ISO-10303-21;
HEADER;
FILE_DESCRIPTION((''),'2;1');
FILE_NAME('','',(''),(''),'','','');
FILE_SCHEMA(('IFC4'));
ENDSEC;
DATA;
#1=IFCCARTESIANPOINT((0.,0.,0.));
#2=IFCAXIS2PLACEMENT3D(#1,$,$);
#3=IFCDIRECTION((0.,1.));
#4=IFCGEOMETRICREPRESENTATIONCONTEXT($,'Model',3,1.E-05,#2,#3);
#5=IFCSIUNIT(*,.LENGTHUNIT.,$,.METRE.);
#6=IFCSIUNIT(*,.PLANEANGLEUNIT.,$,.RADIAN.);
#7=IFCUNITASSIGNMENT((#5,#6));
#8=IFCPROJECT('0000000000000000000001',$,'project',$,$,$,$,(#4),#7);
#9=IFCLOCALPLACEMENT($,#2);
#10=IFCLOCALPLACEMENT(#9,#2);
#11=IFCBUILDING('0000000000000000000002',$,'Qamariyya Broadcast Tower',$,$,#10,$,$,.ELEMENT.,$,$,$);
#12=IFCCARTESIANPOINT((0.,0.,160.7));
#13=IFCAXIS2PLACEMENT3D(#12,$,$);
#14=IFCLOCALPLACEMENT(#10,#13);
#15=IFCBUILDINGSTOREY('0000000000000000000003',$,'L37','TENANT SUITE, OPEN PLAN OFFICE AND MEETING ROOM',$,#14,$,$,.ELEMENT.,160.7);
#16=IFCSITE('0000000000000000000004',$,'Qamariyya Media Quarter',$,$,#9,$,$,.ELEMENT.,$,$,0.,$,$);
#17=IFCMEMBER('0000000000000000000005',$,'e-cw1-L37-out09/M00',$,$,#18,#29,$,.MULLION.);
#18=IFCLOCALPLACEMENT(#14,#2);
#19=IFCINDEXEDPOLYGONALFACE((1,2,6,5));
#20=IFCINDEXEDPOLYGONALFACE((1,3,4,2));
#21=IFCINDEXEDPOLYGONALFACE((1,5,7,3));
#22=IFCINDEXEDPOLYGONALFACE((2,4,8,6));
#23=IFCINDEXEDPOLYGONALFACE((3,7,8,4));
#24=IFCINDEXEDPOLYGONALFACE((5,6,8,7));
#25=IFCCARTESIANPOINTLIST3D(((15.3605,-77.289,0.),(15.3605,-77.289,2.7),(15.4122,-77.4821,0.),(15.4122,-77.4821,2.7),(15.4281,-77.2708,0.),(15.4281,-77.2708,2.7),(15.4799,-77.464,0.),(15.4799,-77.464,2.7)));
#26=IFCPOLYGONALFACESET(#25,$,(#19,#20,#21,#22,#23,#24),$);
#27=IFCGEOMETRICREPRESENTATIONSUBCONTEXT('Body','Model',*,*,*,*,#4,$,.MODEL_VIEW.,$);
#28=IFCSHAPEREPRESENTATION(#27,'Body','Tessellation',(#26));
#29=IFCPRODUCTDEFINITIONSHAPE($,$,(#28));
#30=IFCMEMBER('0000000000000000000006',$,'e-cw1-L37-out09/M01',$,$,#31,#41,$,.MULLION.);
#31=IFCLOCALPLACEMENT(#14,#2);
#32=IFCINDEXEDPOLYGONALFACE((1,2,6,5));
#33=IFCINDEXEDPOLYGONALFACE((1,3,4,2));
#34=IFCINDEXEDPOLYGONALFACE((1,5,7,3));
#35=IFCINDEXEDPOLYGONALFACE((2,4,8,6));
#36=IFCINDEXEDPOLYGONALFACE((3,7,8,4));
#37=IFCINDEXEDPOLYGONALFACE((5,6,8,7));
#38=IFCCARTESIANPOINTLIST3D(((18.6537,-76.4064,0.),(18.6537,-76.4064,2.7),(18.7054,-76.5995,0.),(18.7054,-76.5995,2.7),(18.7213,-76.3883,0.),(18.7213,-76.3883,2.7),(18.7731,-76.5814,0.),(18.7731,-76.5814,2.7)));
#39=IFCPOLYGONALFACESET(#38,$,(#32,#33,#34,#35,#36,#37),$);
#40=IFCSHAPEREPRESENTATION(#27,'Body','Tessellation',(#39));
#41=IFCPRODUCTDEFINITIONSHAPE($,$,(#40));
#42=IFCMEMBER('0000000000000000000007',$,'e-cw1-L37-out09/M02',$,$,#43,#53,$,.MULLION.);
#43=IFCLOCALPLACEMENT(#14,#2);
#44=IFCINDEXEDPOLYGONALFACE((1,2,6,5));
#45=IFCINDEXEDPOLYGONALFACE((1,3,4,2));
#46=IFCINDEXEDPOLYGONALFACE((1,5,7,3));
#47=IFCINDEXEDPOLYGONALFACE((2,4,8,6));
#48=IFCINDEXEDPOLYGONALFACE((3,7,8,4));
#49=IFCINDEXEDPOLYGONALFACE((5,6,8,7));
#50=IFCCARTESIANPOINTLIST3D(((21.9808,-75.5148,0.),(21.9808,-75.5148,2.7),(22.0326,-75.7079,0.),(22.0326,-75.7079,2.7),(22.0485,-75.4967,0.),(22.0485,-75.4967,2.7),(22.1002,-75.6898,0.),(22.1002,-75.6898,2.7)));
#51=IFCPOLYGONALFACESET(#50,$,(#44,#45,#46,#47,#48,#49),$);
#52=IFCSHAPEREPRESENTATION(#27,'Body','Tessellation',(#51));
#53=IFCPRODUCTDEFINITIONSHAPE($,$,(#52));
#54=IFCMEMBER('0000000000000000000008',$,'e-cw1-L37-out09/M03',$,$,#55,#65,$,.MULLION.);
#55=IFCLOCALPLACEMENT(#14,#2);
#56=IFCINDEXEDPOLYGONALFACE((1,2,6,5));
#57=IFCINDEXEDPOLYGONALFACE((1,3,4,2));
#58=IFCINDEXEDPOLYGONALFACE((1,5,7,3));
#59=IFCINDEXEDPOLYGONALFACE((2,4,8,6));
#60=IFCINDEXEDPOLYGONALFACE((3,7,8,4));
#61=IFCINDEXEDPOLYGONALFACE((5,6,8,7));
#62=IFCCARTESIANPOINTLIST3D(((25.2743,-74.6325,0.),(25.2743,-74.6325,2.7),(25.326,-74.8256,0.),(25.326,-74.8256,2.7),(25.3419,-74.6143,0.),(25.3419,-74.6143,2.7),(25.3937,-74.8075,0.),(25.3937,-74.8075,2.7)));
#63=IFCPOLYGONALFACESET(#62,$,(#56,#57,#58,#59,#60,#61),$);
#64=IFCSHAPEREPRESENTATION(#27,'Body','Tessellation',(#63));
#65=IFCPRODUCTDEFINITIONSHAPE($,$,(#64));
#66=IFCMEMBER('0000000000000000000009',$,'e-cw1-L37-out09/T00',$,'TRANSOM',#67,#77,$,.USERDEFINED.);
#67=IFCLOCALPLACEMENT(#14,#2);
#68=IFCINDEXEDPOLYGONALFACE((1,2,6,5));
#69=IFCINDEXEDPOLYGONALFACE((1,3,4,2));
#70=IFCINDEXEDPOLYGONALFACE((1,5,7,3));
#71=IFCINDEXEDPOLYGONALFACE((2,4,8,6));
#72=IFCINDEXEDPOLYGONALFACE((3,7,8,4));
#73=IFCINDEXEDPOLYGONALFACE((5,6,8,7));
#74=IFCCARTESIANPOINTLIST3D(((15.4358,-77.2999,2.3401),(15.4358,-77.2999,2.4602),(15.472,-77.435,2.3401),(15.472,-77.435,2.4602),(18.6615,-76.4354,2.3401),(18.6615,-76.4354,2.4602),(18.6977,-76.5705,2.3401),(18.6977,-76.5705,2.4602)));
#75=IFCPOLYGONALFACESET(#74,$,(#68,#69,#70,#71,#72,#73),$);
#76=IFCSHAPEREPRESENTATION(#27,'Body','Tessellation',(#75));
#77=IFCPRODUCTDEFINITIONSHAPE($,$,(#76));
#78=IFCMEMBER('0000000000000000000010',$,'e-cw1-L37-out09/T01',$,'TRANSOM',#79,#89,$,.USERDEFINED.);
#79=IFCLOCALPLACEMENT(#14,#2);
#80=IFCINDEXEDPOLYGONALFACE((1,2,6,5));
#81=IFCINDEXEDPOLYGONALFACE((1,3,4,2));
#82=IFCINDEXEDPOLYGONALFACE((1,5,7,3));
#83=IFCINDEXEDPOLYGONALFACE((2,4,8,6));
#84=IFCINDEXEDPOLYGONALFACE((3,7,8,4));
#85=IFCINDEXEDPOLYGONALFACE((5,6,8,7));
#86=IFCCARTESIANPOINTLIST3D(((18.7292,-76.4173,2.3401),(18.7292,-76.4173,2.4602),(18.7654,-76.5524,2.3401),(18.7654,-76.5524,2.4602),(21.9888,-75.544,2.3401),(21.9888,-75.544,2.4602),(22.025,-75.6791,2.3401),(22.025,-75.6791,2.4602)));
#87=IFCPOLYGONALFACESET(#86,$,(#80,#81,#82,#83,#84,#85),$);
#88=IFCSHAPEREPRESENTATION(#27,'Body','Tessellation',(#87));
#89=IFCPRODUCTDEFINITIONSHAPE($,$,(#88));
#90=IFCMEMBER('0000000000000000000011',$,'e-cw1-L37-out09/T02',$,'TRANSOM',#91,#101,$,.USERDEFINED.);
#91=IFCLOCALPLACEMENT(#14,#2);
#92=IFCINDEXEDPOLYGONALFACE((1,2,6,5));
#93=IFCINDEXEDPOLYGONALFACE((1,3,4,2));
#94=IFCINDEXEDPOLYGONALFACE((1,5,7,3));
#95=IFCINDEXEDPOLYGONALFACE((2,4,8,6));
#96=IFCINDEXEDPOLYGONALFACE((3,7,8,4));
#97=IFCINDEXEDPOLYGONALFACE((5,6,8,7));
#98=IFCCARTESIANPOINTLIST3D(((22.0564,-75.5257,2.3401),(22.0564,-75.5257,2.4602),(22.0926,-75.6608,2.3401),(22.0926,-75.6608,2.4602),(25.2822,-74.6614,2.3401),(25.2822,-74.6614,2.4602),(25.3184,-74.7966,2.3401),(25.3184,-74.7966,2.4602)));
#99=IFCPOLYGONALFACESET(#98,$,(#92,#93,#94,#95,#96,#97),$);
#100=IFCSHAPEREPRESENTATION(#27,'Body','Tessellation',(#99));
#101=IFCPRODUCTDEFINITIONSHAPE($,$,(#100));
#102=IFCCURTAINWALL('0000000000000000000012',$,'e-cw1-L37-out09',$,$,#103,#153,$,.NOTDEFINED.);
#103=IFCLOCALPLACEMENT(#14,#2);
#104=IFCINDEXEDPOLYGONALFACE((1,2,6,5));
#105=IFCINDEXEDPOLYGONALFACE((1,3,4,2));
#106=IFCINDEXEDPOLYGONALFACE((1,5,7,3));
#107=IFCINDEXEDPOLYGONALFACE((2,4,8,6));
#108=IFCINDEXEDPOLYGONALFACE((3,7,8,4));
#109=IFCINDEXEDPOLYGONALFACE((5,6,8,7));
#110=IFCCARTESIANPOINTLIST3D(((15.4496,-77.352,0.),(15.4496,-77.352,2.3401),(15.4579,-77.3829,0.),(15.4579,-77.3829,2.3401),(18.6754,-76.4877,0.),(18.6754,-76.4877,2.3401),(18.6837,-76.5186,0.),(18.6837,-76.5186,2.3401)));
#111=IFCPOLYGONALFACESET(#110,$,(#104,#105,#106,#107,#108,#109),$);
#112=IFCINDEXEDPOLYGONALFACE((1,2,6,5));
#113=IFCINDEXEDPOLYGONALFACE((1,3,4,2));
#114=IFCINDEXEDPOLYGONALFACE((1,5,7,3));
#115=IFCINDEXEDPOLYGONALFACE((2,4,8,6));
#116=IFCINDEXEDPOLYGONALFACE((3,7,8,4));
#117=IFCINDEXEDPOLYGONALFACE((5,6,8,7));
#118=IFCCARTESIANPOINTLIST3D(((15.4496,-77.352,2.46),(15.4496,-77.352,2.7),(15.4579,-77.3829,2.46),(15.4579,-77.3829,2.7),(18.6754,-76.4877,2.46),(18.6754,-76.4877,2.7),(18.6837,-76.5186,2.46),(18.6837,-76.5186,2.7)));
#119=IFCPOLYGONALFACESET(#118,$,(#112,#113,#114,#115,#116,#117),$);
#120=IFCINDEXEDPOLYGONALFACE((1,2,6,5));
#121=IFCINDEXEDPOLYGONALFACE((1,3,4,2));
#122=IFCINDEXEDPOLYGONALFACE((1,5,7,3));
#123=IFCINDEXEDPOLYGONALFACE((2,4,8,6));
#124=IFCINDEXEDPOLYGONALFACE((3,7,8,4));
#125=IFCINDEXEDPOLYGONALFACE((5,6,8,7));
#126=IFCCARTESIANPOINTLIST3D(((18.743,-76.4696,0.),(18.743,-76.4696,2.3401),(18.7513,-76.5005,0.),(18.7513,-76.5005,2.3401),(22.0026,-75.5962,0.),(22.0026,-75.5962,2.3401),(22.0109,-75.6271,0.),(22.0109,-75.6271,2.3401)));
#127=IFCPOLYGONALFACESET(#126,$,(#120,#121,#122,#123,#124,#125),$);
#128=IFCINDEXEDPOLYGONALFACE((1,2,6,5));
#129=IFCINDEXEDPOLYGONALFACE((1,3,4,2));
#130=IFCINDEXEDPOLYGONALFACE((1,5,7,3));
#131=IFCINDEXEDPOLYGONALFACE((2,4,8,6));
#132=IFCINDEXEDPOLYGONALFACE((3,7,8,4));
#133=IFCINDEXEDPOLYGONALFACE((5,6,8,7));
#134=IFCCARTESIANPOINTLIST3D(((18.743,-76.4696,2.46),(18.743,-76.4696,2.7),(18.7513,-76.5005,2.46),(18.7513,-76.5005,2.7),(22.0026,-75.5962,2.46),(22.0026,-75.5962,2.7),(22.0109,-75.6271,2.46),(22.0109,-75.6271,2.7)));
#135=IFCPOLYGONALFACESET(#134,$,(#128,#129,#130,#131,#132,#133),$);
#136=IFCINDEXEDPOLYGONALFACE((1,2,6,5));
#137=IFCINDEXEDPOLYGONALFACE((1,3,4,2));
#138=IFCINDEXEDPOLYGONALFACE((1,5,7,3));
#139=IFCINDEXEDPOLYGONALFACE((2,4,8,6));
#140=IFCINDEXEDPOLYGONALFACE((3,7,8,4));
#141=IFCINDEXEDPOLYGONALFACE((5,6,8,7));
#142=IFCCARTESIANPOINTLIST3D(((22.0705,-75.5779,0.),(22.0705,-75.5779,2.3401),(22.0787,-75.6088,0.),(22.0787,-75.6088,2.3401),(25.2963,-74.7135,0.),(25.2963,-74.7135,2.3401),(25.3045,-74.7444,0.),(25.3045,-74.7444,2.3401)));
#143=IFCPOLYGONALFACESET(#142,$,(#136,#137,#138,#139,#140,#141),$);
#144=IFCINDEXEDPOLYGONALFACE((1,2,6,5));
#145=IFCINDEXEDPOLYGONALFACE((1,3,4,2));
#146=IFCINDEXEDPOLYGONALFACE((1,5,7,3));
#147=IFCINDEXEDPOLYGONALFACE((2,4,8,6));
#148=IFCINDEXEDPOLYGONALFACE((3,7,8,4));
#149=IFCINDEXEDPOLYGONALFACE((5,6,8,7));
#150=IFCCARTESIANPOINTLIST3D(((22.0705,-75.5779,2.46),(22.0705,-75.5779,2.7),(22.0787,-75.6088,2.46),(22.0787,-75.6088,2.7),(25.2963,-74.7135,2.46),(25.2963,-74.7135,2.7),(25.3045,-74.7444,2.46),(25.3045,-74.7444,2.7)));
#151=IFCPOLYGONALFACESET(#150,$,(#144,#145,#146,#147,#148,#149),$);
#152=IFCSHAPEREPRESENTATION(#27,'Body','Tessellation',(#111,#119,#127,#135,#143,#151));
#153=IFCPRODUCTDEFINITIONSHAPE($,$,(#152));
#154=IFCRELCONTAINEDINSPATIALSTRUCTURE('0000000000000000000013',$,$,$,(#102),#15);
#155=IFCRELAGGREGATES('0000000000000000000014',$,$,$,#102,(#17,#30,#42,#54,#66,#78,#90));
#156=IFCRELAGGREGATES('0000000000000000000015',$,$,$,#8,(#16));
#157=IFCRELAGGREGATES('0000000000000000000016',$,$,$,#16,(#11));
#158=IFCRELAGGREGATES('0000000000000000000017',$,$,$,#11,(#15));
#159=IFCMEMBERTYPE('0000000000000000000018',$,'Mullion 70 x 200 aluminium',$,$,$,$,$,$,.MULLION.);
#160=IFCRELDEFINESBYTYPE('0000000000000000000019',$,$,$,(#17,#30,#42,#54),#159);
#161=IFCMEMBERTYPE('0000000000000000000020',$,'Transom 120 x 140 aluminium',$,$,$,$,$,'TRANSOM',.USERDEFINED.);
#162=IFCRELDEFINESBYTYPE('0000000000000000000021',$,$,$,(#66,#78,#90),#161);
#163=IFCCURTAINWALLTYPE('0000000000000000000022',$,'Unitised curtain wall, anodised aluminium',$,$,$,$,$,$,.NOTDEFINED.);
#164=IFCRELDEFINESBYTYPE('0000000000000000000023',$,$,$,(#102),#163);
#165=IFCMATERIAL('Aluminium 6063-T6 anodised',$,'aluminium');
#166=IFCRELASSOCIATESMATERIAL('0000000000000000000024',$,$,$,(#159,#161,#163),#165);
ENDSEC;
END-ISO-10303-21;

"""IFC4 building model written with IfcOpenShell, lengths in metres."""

from ifc_helpers import new_model, si_unit, direction, frame, origin, origin_2d, place, context, subcontext, project, spatial, rectangle, extrude, material, material_profile, profile_set, type_object, element, aggregate, save


model = new_model("IFC4")

# Units and contexts
model_context = context("Model", 3, precision=1e-05, world=origin(), true_north=direction((0.0, 1.0)))
body_context = subcontext(model_context, "Body", "Model", "MODEL_VIEW")
ifc_project = project(units=[si_unit("LENGTHUNIT", "METRE"), si_unit("PLANEANGLEUNIT", "RADIAN")], contexts=[model_context])

# Members
ifc_material = material(Name="Aluminium 6063-T6 anodised", Category="aluminium")
ifc_material_profile_1 = material_profile(ifc_material, rectangle(XDim=0.2, YDim=0.0701, at=origin_2d()))
ifc_profile_set_1 = profile_set([ifc_material_profile_1], Name="Aluminium 6063-T6 anodised")
member_type_1 = type_object("IfcMemberType", Name="Mullion 70 x 200 aluminium", PredefinedType="MULLION", material=ifc_profile_set_1)
site_placement = place(None, origin())
building_placement = place(site_placement, origin())
storey_placement = place(building_placement, frame((0.0, 0.0, 160.7)))
member_1_placement = place(storey_placement, frame((15.4202, -77.3765, 0.0), z_axis=(0.0, 0.0, 1.0), x_axis=(-0.258819, 0.965926, 0.0)))
member_1 = element("IfcMember", 1, at=member_1_placement, type_object=member_type_1, Name="e-cw1-L37-out09/M00", PredefinedType="MULLION", context=body_context, shape_type="SweptSolid", body=[
    extrude(rectangle(XDim=0.2, YDim=0.0701, at=origin_2d()), origin(), (0.0, 0.0, 1.0), 2.7),
])
member_2_placement = place(storey_placement, frame((18.7134, -76.4939, 0.0), z_axis=(0.0, 0.0, 1.0), x_axis=(-0.258819, 0.965926, 0.0)))
member_2 = element("IfcMember", 2, at=member_2_placement, type_object=member_type_1, Name="e-cw1-L37-out09/M01", PredefinedType="MULLION", context=body_context, shape_type="SweptSolid", body=[
    extrude(rectangle(XDim=0.2, YDim=0.0701, at=origin_2d()), origin(), (0.0, 0.0, 1.0), 2.7),
])
member_3_placement = place(storey_placement, frame((22.0405, -75.6023, 0.0), z_axis=(0.0, 0.0, 1.0), x_axis=(-0.258819, 0.965926, 0.0)))
member_3 = element("IfcMember", 3, at=member_3_placement, type_object=member_type_1, Name="e-cw1-L37-out09/M02", PredefinedType="MULLION", context=body_context, shape_type="SweptSolid", body=[
    extrude(rectangle(XDim=0.2, YDim=0.0701, at=origin_2d()), origin(), (0.0, 0.0, 1.0), 2.7),
])
member_4_placement = place(storey_placement, frame((25.334, -74.72, 0.0), z_axis=(0.0, 0.0, 1.0), x_axis=(-0.258819, 0.965926, 0.0)))
member_4 = element("IfcMember", 4, at=member_4_placement, type_object=member_type_1, Name="e-cw1-L37-out09/M03", PredefinedType="MULLION", context=body_context, shape_type="SweptSolid", body=[
    extrude(rectangle(XDim=0.2, YDim=0.0701, at=origin_2d()), origin(), (0.0, 0.0, 1.0), 2.7),
])
ifc_material_profile_2 = material_profile(ifc_material, rectangle(XDim=0.1399, YDim=0.1201, at=origin_2d()))
ifc_profile_set_2 = profile_set([ifc_material_profile_2], Name="Aluminium 6063-T6 anodised")
member_type_2 = type_object("IfcMemberType", Name="Transom 120 x 140 aluminium", ElementType="TRANSOM", PredefinedType="USERDEFINED", material=ifc_profile_set_2)
member_5_placement = place(storey_placement, frame((15.4539, -77.3674, 2.4001), z_axis=(0.965915, 0.258859, 0.0), x_axis=(-0.258859, 0.965915, 0.0)))
member_5 = element("IfcMember", 5, at=member_5_placement, type_object=member_type_2, Name="e-cw1-L37-out09/T00", ObjectType="TRANSOM", PredefinedType="USERDEFINED", context=body_context, shape_type="SweptSolid", body=[
    extrude(rectangle(XDim=0.1399, YDim=0.1201, at=origin_2d()), origin(), (0.0, 0.0, 1.0), 3.3396),
])
member_6_placement = place(storey_placement, frame((18.7473, -76.4849, 2.4001), z_axis=(0.965933, 0.258793, 0.0), x_axis=(-0.258793, 0.965933, 0.0)))
member_6 = element("IfcMember", 6, at=member_6_placement, type_object=member_type_2, Name="e-cw1-L37-out09/T01", ObjectType="TRANSOM", PredefinedType="USERDEFINED", context=body_context, shape_type="SweptSolid", body=[
    extrude(rectangle(XDim=0.1399, YDim=0.1201, at=origin_2d()), origin(), (0.0, 0.0, 1.0), 3.3745),
])
member_7_placement = place(storey_placement, frame((22.0745, -75.5933, 2.4001), z_axis=(0.965933, 0.258791, 0.0), x_axis=(-0.258791, 0.965933, 0.0)))
member_7 = element("IfcMember", 7, at=member_7_placement, type_object=member_type_2, Name="e-cw1-L37-out09/T02", ObjectType="TRANSOM", PredefinedType="USERDEFINED", context=body_context, shape_type="SweptSolid", body=[
    extrude(rectangle(XDim=0.1399, YDim=0.1201, at=origin_2d()), origin(), (0.0, 0.0, 1.0), 3.3396),
])

# Site, building, storey
site = spatial("IfcSite", under=ifc_project, at=site_placement, Name="Qamariyya Media Quarter", CompositionType="ELEMENT", RefElevation=0.0)
building = spatial("IfcBuilding", under=site, at=building_placement, Name="Qamariyya Broadcast Tower", CompositionType="ELEMENT")
storey = spatial("IfcBuildingStorey", under=building, at=storey_placement, Name="L37", Description="TENANT SUITE, OPEN PLAN OFFICE AND MEETING ROOM", CompositionType="ELEMENT", Elevation=160.7)

# Curtain wall
curtain_wall_type = type_object("IfcCurtainWallType", Name="Unitised curtain wall, anodised aluminium", PredefinedType="NOTDEFINED", material=ifc_material)
curtain_wall_1_placement = place(storey_placement, origin())
curtain_wall_1 = element("IfcCurtainWall", 8, at=curtain_wall_1_placement, inside=storey, type_object=curtain_wall_type, Name="e-cw1-L37-out09", PredefinedType="NOTDEFINED", context=body_context, shape_type="SweptSolid", body=[
    extrude(rectangle(XDim=3.3396, YDim=0.032, at=origin_2d()), frame((17.0667, -76.9353, 0.0), x_axis=(0.965926, 0.258817, 0.0)), (0.0, 0.0, 1.0), 2.3401),
    extrude(rectangle(XDim=3.3396, YDim=0.032, at=origin_2d()), frame((17.0667, -76.9353, 2.46), x_axis=(0.965926, 0.258817, 0.0)), (0.0, 0.0, 1.0), 0.24),
    extrude(rectangle(XDim=3.3745, YDim=0.032, at=origin_2d()), frame((20.377, -76.0483, 0.0), x_axis=(0.965926, 0.258817, 0.0)), (0.0, 0.0, 1.0), 2.3401),
    extrude(rectangle(XDim=3.3745, YDim=0.032, at=origin_2d()), frame((20.377, -76.0483, 2.46), x_axis=(0.965926, 0.258817, 0.0)), (0.0, 0.0, 1.0), 0.24),
    extrude(rectangle(XDim=3.3396, YDim=0.032, at=origin_2d()), frame((23.6875, -75.1611, 0.0), x_axis=(0.965926, 0.258817, 0.0)), (0.0, 0.0, 1.0), 2.3401),
    extrude(rectangle(XDim=3.3396, YDim=0.032, at=origin_2d()), frame((23.6875, -75.1611, 2.46), x_axis=(0.965926, 0.258817, 0.0)), (0.0, 0.0, 1.0), 0.24),
])
aggregate(curtain_wall_1, [member_1, member_2, member_3, member_4, member_5, member_6, member_7])

save(model, "model.ifc")
